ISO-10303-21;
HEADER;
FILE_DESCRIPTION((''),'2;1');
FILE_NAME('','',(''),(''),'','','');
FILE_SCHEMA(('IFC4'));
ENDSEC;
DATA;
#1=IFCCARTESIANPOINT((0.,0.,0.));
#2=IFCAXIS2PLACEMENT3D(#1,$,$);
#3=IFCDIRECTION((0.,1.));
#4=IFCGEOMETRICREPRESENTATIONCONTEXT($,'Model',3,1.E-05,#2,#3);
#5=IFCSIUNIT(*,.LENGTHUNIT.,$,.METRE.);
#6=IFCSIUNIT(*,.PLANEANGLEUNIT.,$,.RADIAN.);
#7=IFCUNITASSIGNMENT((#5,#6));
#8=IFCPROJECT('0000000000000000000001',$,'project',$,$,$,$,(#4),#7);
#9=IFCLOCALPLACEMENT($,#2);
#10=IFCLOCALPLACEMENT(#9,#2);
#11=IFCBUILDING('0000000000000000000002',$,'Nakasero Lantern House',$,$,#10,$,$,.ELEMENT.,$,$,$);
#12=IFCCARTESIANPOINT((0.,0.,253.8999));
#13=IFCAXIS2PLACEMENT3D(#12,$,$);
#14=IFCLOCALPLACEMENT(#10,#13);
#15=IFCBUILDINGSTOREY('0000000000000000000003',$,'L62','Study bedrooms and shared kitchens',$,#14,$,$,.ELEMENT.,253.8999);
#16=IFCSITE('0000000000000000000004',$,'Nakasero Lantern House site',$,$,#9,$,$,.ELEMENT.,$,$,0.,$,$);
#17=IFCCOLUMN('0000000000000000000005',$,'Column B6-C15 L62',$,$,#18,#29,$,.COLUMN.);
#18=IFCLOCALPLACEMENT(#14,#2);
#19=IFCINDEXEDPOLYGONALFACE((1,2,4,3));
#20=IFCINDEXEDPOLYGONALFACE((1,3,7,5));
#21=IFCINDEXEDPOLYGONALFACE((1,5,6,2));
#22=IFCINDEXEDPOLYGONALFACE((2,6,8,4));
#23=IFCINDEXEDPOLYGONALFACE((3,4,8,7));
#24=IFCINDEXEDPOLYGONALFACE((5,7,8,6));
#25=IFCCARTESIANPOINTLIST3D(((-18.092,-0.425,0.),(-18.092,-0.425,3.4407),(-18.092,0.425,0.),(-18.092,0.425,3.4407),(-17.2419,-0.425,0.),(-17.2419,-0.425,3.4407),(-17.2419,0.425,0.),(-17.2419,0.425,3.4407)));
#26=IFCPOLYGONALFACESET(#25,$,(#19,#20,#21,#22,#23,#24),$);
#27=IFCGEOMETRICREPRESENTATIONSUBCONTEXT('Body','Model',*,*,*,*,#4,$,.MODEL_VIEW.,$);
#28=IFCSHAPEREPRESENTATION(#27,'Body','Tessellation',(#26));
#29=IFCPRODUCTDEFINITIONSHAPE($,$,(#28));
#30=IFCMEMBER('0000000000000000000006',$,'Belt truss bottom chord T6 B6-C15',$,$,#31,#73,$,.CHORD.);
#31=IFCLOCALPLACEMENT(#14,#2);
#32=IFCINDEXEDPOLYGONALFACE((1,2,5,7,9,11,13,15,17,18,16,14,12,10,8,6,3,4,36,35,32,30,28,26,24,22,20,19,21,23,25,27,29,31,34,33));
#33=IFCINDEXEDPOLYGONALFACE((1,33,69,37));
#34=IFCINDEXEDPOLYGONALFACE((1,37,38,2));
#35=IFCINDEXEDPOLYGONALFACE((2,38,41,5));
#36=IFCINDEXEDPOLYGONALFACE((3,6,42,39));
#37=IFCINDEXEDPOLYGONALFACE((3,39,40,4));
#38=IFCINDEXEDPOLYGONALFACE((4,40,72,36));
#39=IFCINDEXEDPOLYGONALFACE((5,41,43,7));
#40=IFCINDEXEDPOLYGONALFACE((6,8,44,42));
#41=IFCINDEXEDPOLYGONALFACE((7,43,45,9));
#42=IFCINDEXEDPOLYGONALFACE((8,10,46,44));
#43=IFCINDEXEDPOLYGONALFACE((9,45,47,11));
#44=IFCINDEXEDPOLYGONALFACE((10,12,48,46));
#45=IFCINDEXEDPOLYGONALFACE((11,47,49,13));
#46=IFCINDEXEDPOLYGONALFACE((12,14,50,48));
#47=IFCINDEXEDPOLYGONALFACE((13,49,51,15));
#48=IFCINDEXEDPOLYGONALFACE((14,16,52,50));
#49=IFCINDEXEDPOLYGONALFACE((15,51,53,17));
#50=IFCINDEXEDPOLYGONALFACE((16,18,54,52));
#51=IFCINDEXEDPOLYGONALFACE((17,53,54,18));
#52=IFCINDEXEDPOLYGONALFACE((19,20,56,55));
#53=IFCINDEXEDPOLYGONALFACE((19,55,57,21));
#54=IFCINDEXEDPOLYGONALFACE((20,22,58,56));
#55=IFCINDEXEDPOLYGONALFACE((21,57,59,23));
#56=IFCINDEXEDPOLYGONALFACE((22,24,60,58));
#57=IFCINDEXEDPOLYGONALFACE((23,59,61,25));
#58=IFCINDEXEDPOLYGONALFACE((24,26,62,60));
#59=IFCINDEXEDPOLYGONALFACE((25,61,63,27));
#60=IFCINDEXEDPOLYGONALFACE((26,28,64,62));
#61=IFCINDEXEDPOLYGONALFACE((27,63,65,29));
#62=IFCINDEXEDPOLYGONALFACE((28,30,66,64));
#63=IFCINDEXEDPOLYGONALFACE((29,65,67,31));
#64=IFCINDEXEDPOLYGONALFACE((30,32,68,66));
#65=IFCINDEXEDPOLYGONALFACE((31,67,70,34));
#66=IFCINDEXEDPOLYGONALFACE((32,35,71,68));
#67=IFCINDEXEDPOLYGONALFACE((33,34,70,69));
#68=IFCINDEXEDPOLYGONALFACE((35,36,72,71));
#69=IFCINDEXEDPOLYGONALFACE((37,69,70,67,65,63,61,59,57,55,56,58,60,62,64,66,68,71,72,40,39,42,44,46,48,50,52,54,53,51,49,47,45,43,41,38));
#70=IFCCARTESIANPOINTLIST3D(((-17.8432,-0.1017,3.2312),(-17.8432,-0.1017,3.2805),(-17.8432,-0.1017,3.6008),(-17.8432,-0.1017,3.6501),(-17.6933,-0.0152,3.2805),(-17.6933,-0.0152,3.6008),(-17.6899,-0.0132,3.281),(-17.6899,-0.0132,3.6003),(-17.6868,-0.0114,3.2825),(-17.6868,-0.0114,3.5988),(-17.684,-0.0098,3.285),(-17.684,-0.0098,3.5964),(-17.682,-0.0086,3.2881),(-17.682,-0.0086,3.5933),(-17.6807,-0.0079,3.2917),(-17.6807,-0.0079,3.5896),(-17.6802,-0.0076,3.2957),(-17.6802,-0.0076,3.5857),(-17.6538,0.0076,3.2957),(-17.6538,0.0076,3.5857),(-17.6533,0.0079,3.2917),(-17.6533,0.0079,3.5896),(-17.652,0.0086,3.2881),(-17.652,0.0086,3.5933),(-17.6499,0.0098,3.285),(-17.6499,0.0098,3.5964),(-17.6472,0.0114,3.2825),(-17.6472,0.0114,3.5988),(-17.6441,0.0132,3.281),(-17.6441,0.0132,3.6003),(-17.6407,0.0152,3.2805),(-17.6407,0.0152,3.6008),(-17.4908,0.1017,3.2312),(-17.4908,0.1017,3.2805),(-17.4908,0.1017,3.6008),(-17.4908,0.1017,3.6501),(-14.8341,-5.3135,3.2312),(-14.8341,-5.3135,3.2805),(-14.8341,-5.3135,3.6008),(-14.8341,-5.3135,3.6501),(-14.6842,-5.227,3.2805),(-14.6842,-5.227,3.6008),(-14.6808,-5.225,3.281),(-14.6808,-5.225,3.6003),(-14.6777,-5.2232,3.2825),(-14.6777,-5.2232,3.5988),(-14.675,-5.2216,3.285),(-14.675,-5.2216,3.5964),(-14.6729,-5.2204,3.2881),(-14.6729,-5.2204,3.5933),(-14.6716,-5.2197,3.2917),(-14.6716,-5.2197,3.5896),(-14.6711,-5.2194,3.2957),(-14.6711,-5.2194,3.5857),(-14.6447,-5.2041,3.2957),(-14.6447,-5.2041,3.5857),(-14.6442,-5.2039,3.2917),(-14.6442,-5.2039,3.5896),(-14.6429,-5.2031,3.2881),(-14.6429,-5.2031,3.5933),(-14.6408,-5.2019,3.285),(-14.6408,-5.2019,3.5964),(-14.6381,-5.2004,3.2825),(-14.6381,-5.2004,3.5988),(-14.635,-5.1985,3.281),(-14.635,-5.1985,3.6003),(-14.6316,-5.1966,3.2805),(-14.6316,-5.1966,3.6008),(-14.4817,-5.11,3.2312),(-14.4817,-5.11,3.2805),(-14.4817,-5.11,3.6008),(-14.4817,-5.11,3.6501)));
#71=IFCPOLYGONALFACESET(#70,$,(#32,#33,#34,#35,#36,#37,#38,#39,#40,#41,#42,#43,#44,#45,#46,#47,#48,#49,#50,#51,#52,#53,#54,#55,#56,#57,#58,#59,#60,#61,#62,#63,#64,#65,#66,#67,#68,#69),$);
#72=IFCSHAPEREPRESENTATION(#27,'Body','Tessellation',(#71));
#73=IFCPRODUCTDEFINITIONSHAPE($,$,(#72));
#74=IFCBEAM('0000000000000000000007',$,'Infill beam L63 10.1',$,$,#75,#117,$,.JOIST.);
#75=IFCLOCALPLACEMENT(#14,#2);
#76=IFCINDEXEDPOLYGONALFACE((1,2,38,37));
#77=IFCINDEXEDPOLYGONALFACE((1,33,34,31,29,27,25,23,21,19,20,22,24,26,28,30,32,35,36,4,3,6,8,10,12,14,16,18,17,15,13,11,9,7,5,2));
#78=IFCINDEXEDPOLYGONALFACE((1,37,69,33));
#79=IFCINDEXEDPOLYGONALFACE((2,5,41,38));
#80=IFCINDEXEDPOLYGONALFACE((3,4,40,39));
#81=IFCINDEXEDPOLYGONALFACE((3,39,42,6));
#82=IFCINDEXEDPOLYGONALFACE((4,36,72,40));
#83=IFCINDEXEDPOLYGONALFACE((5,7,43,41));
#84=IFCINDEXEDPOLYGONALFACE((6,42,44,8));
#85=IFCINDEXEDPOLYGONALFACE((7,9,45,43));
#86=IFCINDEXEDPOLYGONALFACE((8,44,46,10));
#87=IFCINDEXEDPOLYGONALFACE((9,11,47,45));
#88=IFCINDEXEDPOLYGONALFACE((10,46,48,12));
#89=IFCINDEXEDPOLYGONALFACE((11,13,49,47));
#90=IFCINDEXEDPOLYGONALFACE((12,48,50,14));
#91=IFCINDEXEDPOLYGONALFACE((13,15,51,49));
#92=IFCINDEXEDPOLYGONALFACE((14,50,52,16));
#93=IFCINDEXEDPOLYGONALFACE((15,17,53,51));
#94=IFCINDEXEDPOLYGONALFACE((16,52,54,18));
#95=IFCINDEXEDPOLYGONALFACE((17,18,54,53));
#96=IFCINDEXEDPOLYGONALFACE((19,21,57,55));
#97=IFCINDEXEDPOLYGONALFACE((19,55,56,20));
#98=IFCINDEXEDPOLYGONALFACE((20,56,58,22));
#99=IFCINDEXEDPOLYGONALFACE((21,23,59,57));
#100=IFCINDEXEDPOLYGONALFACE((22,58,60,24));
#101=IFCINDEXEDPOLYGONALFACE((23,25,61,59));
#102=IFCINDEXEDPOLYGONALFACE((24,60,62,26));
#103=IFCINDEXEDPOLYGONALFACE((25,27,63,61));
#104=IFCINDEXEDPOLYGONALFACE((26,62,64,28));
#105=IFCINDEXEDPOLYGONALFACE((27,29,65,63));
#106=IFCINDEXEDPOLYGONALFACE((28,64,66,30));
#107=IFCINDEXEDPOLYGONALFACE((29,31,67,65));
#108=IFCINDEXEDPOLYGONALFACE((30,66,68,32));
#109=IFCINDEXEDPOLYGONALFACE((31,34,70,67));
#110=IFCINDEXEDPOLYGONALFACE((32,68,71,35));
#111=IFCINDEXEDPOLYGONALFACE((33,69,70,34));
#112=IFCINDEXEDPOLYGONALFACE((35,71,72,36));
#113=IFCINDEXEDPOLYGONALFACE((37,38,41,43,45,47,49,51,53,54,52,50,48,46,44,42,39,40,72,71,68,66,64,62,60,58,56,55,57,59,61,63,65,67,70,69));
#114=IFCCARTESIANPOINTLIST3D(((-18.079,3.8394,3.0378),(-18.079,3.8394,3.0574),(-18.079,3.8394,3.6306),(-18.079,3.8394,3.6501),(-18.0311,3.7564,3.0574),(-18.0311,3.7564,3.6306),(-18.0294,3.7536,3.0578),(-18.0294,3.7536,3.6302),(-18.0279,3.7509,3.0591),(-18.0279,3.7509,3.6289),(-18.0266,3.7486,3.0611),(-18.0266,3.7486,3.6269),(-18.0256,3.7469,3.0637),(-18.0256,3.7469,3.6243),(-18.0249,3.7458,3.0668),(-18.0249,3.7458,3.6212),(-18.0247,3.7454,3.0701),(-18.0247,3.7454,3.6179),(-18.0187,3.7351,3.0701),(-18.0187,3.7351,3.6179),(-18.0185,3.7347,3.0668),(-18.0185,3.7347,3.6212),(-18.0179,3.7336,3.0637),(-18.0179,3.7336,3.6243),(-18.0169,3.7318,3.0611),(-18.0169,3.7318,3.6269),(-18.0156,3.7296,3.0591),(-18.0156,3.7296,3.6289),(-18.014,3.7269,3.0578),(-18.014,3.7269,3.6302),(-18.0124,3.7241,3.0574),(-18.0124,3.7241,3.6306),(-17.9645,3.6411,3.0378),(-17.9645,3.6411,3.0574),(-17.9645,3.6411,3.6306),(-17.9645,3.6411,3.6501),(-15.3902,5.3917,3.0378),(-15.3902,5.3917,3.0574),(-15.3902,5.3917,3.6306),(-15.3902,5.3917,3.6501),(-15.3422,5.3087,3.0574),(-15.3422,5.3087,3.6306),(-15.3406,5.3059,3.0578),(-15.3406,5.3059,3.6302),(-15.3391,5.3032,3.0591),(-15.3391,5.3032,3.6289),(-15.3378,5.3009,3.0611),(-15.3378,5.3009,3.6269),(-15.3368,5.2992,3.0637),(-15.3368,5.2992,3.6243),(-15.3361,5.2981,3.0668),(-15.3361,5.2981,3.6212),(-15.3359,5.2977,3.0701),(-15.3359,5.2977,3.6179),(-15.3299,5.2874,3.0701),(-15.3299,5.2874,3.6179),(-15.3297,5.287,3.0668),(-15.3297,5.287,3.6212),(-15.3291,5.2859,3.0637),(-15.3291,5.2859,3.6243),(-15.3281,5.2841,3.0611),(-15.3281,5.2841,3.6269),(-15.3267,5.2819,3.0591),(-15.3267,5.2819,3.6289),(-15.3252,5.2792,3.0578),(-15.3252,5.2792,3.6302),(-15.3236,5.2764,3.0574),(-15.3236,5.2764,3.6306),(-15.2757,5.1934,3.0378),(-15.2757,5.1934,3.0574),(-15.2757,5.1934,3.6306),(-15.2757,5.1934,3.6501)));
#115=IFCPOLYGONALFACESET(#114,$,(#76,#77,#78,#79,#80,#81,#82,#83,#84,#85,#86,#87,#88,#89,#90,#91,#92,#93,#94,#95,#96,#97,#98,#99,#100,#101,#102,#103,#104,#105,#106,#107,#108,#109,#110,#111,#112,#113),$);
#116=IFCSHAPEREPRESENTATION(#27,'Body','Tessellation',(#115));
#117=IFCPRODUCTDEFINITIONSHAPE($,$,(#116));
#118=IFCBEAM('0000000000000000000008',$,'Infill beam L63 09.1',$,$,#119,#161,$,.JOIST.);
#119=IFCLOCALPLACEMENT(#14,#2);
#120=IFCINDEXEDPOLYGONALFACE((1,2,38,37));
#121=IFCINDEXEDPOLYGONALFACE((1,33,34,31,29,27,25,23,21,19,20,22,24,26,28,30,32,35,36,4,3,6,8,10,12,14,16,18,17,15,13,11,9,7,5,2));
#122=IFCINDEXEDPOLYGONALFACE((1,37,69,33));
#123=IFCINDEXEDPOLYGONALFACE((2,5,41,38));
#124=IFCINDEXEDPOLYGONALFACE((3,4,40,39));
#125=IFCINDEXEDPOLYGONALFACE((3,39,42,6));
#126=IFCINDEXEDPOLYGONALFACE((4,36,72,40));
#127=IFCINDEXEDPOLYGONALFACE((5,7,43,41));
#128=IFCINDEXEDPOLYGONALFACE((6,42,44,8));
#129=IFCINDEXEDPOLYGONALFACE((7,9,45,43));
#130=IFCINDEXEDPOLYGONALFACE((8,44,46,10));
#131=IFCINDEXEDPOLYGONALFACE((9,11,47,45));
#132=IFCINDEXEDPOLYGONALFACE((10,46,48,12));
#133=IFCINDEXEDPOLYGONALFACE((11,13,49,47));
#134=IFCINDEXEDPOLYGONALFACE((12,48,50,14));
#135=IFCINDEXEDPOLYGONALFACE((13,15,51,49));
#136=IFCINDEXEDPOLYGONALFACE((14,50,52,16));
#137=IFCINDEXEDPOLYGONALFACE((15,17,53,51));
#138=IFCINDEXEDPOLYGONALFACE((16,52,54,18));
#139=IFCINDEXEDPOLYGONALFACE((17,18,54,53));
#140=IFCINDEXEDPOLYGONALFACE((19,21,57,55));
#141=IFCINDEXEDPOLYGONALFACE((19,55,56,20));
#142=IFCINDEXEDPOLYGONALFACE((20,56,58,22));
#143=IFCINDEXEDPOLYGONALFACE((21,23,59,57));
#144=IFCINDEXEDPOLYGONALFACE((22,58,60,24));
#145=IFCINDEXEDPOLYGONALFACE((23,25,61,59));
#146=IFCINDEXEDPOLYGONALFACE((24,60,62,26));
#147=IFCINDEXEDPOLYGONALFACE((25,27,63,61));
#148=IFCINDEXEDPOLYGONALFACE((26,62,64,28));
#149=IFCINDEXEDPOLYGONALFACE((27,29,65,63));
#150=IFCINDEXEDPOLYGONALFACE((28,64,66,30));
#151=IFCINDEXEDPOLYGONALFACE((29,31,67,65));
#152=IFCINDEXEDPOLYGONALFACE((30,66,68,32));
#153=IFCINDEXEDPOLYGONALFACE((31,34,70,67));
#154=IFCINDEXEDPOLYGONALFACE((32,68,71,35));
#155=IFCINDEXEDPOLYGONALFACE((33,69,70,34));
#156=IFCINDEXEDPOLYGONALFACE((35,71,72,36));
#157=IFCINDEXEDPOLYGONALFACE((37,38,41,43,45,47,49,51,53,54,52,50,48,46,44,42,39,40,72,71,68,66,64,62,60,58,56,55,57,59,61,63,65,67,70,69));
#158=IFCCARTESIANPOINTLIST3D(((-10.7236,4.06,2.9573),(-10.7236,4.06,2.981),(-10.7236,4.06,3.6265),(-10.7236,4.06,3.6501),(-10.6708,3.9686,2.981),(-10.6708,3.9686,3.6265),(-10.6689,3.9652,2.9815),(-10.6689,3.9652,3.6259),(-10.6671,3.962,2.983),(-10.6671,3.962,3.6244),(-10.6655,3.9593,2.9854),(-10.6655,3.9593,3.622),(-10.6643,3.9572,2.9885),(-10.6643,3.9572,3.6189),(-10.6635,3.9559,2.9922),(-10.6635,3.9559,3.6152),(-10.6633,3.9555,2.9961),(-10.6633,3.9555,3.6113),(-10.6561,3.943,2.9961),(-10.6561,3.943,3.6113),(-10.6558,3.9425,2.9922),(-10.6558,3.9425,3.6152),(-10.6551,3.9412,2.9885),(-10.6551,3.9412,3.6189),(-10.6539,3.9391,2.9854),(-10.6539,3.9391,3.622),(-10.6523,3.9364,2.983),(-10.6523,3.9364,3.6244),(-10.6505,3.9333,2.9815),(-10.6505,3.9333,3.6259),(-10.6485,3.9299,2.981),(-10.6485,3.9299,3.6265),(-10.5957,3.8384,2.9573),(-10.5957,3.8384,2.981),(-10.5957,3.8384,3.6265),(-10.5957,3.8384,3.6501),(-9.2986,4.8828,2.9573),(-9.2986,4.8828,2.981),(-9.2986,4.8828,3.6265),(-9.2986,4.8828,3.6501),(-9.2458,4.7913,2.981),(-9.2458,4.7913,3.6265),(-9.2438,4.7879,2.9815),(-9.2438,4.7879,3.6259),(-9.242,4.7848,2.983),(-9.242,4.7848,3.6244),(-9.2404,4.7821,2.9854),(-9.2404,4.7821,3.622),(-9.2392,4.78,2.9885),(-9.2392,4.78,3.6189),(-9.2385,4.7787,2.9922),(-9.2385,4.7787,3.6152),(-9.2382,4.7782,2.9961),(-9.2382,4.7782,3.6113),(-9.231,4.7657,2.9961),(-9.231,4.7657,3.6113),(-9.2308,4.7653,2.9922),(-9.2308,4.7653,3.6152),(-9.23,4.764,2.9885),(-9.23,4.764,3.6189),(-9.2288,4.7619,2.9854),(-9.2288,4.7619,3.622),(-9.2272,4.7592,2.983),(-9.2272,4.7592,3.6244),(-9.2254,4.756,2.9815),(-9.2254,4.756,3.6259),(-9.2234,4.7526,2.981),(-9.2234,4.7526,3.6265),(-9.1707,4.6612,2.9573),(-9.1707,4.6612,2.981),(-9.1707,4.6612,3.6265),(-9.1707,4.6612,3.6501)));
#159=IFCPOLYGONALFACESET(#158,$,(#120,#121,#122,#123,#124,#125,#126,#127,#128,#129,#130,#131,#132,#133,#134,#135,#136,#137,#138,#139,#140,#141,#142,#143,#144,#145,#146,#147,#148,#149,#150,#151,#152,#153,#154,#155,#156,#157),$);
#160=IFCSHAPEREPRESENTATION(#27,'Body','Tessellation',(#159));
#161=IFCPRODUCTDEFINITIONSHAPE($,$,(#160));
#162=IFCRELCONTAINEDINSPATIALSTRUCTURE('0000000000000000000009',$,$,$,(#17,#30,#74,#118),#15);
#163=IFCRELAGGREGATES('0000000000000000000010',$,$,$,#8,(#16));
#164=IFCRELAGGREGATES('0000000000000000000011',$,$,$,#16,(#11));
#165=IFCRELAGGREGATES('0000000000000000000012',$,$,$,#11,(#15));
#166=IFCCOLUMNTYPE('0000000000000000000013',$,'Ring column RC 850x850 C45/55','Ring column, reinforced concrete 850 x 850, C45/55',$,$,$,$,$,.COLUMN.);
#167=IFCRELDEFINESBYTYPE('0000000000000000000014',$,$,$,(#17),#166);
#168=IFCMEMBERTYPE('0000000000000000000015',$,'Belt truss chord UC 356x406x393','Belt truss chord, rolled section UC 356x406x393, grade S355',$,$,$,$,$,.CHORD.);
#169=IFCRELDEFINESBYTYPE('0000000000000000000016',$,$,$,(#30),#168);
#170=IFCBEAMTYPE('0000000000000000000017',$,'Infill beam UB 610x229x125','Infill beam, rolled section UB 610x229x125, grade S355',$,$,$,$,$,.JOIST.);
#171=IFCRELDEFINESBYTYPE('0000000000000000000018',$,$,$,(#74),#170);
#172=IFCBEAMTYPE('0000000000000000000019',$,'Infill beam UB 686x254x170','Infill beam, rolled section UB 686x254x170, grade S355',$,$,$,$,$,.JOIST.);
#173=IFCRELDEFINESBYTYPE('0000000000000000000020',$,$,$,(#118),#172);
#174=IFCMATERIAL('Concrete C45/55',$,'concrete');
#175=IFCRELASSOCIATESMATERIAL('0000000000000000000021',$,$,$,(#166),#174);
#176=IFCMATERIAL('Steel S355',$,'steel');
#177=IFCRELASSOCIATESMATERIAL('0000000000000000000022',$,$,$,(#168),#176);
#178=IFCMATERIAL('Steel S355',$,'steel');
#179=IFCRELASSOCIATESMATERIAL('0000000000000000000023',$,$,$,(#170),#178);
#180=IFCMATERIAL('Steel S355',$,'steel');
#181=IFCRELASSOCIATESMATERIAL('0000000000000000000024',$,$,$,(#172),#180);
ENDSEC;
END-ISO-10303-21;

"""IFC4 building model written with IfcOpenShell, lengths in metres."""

from ifc_helpers import new_model, si_unit, direction, frame, origin, origin_2d, place, context, subcontext, project, spatial, rectangle, i_section, extrude, material, material_profile, profile_set, type_object, element, save


model = new_model("IFC4")

# Units and contexts
model_context = context("Model", 3, precision=1e-05, world=origin(), true_north=direction((0.0, 1.0)))
body_context = subcontext(model_context, "Body", "Model", "MODEL_VIEW")
ifc_project = project(units=[si_unit("LENGTHUNIT", "METRE"), si_unit("PLANEANGLEUNIT", "RADIAN")], contexts=[model_context])

# Site, building, storey
site_placement = place(None, origin())
site = spatial("IfcSite", under=ifc_project, at=site_placement, Name="Nakasero Lantern House site", CompositionType="ELEMENT", RefElevation=0.0)
building_placement = place(site_placement, origin())
building = spatial("IfcBuilding", under=site, at=building_placement, Name="Nakasero Lantern House", CompositionType="ELEMENT")
storey_placement = place(building_placement, frame((0.0, 0.0, 253.8999)))
storey = spatial("IfcBuildingStorey", under=building, at=storey_placement, Name="L62", Description="Study bedrooms and shared kitchens", CompositionType="ELEMENT", Elevation=253.8999)

# Column
ifc_material_1 = material(Name="Concrete C45/55", Category="concrete")
ifc_material_profile_1 = material_profile(ifc_material_1, rectangle(XDim=0.8501, YDim=0.8501, at=origin_2d()), Name="RC 850x850")
ifc_profile_set_1 = profile_set([ifc_material_profile_1], Name="Concrete C45/55")
column_type = type_object("IfcColumnType", Name="Ring column RC 850x850 C45/55", Description="Ring column, reinforced concrete 850 x 850, C45/55", PredefinedType="COLUMN", material=ifc_profile_set_1)
column_placement = place(storey_placement, frame((-17.667, 0.0, 0.0), z_axis=(0.0, 0.0, 1.0), x_axis=(1.0, 0.0, 0.0)))
element("IfcColumn", 1, at=column_placement, inside=storey, type_object=column_type, Name="Column B6-C15 L62", PredefinedType="COLUMN", context=body_context, shape_type="SweptSolid", body=[
    extrude(rectangle(XDim=0.8501, YDim=0.8501, at=origin_2d()), origin(), (0.0, 0.0, 1.0), 3.4407),
])

# Member
ifc_material_2 = material(Name="Steel S355", Category="steel")
ifc_material_profile_2 = material_profile(ifc_material_2, i_section(OverallWidth=0.407, OverallDepth=0.4189, WebThickness=0.0305, FlangeThickness=0.0493, FilletRadius=0.0151, at=origin_2d()), Name="UC 356x406x393")
ifc_profile_set_2 = profile_set([ifc_material_profile_2], Name="Steel S355")
member_type = type_object("IfcMemberType", Name="Belt truss chord UC 356x406x393", Description="Belt truss chord, rolled section UC 356x406x393, grade S355", PredefinedType="CHORD", material=ifc_profile_set_2)
member_placement = place(storey_placement, frame((-17.667, 0.0, 3.4407), z_axis=(0.500009, -0.86602, 0.0), x_axis=(0.86602, 0.500009, 0.0)))
element("IfcMember", 2, at=member_placement, inside=storey, type_object=member_type, Name="Belt truss bottom chord T6 B6-C15", PredefinedType="CHORD", context=body_context, shape_type="SweptSolid", body=[
    extrude(i_section(OverallWidth=0.407, OverallDepth=0.4189, WebThickness=0.0305, FlangeThickness=0.0493, FilletRadius=0.0151, at=origin_2d()), origin(), (0.0, 0.0, 1.0), 6.0181),
])

# Beams
ifc_material_3 = material(Name="Steel S355", Category="steel")
ifc_material_profile_3 = material_profile(ifc_material_3, i_section(OverallWidth=0.229, OverallDepth=0.6123, WebThickness=0.012, FlangeThickness=0.0195, FilletRadius=0.0127, at=origin_2d()), Name="UB 610x229x125")
ifc_profile_set_3 = profile_set([ifc_material_profile_3], Name="Steel S355")
beam_type_1 = type_object("IfcBeamType", Name="Infill beam UB 610x229x125", Description="Infill beam, rolled section UB 610x229x125, grade S355", PredefinedType="JOIST", material=ifc_profile_set_3)
beam_1_placement = place(storey_placement, frame((-18.0217, 3.7402, 3.344), z_axis=(0.866038, 0.499979, 0.0), x_axis=(-0.499979, 0.866038, 0.0)))
element("IfcBeam", 3, at=beam_1_placement, inside=storey, type_object=beam_type_1, Name="Infill beam L63 10.1", PredefinedType="JOIST", context=body_context, shape_type="SweptSolid", body=[
    extrude(i_section(OverallWidth=0.229, OverallDepth=0.6123, WebThickness=0.012, FlangeThickness=0.0195, FilletRadius=0.0127, at=origin_2d()), origin(), (0.0, 0.0, 1.0), 3.1047),
])
ifc_material_4 = material(Name="Steel S355", Category="steel")
ifc_material_profile_4 = material_profile(ifc_material_4, i_section(OverallWidth=0.2559, OverallDepth=0.6929, WebThickness=0.0144, FlangeThickness=0.0237, FilletRadius=0.0151, at=origin_2d()), Name="UB 686x254x170")
ifc_profile_set_4 = profile_set([ifc_material_profile_4], Name="Steel S355")
beam_type_2 = type_object("IfcBeamType", Name="Infill beam UB 686x254x170", Description="Infill beam, rolled section UB 686x254x170, grade S355", PredefinedType="JOIST", material=ifc_profile_set_4)
beam_2_placement = place(storey_placement, frame((-10.6597, 3.9492, 3.3037), z_axis=(0.866025, 0.500001, 0.0), x_axis=(-0.500001, 0.866025, 0.0)))
element("IfcBeam", 4, at=beam_2_placement, inside=storey, type_object=beam_type_2, Name="Infill beam L63 09.1", PredefinedType="JOIST", context=body_context, shape_type="SweptSolid", body=[
    extrude(i_section(OverallWidth=0.2559, OverallDepth=0.6929, WebThickness=0.0144, FlangeThickness=0.0237, FilletRadius=0.0151, at=origin_2d()), origin(), (0.0, 0.0, 1.0), 1.6455),
])

save(model, "model.ifc")
